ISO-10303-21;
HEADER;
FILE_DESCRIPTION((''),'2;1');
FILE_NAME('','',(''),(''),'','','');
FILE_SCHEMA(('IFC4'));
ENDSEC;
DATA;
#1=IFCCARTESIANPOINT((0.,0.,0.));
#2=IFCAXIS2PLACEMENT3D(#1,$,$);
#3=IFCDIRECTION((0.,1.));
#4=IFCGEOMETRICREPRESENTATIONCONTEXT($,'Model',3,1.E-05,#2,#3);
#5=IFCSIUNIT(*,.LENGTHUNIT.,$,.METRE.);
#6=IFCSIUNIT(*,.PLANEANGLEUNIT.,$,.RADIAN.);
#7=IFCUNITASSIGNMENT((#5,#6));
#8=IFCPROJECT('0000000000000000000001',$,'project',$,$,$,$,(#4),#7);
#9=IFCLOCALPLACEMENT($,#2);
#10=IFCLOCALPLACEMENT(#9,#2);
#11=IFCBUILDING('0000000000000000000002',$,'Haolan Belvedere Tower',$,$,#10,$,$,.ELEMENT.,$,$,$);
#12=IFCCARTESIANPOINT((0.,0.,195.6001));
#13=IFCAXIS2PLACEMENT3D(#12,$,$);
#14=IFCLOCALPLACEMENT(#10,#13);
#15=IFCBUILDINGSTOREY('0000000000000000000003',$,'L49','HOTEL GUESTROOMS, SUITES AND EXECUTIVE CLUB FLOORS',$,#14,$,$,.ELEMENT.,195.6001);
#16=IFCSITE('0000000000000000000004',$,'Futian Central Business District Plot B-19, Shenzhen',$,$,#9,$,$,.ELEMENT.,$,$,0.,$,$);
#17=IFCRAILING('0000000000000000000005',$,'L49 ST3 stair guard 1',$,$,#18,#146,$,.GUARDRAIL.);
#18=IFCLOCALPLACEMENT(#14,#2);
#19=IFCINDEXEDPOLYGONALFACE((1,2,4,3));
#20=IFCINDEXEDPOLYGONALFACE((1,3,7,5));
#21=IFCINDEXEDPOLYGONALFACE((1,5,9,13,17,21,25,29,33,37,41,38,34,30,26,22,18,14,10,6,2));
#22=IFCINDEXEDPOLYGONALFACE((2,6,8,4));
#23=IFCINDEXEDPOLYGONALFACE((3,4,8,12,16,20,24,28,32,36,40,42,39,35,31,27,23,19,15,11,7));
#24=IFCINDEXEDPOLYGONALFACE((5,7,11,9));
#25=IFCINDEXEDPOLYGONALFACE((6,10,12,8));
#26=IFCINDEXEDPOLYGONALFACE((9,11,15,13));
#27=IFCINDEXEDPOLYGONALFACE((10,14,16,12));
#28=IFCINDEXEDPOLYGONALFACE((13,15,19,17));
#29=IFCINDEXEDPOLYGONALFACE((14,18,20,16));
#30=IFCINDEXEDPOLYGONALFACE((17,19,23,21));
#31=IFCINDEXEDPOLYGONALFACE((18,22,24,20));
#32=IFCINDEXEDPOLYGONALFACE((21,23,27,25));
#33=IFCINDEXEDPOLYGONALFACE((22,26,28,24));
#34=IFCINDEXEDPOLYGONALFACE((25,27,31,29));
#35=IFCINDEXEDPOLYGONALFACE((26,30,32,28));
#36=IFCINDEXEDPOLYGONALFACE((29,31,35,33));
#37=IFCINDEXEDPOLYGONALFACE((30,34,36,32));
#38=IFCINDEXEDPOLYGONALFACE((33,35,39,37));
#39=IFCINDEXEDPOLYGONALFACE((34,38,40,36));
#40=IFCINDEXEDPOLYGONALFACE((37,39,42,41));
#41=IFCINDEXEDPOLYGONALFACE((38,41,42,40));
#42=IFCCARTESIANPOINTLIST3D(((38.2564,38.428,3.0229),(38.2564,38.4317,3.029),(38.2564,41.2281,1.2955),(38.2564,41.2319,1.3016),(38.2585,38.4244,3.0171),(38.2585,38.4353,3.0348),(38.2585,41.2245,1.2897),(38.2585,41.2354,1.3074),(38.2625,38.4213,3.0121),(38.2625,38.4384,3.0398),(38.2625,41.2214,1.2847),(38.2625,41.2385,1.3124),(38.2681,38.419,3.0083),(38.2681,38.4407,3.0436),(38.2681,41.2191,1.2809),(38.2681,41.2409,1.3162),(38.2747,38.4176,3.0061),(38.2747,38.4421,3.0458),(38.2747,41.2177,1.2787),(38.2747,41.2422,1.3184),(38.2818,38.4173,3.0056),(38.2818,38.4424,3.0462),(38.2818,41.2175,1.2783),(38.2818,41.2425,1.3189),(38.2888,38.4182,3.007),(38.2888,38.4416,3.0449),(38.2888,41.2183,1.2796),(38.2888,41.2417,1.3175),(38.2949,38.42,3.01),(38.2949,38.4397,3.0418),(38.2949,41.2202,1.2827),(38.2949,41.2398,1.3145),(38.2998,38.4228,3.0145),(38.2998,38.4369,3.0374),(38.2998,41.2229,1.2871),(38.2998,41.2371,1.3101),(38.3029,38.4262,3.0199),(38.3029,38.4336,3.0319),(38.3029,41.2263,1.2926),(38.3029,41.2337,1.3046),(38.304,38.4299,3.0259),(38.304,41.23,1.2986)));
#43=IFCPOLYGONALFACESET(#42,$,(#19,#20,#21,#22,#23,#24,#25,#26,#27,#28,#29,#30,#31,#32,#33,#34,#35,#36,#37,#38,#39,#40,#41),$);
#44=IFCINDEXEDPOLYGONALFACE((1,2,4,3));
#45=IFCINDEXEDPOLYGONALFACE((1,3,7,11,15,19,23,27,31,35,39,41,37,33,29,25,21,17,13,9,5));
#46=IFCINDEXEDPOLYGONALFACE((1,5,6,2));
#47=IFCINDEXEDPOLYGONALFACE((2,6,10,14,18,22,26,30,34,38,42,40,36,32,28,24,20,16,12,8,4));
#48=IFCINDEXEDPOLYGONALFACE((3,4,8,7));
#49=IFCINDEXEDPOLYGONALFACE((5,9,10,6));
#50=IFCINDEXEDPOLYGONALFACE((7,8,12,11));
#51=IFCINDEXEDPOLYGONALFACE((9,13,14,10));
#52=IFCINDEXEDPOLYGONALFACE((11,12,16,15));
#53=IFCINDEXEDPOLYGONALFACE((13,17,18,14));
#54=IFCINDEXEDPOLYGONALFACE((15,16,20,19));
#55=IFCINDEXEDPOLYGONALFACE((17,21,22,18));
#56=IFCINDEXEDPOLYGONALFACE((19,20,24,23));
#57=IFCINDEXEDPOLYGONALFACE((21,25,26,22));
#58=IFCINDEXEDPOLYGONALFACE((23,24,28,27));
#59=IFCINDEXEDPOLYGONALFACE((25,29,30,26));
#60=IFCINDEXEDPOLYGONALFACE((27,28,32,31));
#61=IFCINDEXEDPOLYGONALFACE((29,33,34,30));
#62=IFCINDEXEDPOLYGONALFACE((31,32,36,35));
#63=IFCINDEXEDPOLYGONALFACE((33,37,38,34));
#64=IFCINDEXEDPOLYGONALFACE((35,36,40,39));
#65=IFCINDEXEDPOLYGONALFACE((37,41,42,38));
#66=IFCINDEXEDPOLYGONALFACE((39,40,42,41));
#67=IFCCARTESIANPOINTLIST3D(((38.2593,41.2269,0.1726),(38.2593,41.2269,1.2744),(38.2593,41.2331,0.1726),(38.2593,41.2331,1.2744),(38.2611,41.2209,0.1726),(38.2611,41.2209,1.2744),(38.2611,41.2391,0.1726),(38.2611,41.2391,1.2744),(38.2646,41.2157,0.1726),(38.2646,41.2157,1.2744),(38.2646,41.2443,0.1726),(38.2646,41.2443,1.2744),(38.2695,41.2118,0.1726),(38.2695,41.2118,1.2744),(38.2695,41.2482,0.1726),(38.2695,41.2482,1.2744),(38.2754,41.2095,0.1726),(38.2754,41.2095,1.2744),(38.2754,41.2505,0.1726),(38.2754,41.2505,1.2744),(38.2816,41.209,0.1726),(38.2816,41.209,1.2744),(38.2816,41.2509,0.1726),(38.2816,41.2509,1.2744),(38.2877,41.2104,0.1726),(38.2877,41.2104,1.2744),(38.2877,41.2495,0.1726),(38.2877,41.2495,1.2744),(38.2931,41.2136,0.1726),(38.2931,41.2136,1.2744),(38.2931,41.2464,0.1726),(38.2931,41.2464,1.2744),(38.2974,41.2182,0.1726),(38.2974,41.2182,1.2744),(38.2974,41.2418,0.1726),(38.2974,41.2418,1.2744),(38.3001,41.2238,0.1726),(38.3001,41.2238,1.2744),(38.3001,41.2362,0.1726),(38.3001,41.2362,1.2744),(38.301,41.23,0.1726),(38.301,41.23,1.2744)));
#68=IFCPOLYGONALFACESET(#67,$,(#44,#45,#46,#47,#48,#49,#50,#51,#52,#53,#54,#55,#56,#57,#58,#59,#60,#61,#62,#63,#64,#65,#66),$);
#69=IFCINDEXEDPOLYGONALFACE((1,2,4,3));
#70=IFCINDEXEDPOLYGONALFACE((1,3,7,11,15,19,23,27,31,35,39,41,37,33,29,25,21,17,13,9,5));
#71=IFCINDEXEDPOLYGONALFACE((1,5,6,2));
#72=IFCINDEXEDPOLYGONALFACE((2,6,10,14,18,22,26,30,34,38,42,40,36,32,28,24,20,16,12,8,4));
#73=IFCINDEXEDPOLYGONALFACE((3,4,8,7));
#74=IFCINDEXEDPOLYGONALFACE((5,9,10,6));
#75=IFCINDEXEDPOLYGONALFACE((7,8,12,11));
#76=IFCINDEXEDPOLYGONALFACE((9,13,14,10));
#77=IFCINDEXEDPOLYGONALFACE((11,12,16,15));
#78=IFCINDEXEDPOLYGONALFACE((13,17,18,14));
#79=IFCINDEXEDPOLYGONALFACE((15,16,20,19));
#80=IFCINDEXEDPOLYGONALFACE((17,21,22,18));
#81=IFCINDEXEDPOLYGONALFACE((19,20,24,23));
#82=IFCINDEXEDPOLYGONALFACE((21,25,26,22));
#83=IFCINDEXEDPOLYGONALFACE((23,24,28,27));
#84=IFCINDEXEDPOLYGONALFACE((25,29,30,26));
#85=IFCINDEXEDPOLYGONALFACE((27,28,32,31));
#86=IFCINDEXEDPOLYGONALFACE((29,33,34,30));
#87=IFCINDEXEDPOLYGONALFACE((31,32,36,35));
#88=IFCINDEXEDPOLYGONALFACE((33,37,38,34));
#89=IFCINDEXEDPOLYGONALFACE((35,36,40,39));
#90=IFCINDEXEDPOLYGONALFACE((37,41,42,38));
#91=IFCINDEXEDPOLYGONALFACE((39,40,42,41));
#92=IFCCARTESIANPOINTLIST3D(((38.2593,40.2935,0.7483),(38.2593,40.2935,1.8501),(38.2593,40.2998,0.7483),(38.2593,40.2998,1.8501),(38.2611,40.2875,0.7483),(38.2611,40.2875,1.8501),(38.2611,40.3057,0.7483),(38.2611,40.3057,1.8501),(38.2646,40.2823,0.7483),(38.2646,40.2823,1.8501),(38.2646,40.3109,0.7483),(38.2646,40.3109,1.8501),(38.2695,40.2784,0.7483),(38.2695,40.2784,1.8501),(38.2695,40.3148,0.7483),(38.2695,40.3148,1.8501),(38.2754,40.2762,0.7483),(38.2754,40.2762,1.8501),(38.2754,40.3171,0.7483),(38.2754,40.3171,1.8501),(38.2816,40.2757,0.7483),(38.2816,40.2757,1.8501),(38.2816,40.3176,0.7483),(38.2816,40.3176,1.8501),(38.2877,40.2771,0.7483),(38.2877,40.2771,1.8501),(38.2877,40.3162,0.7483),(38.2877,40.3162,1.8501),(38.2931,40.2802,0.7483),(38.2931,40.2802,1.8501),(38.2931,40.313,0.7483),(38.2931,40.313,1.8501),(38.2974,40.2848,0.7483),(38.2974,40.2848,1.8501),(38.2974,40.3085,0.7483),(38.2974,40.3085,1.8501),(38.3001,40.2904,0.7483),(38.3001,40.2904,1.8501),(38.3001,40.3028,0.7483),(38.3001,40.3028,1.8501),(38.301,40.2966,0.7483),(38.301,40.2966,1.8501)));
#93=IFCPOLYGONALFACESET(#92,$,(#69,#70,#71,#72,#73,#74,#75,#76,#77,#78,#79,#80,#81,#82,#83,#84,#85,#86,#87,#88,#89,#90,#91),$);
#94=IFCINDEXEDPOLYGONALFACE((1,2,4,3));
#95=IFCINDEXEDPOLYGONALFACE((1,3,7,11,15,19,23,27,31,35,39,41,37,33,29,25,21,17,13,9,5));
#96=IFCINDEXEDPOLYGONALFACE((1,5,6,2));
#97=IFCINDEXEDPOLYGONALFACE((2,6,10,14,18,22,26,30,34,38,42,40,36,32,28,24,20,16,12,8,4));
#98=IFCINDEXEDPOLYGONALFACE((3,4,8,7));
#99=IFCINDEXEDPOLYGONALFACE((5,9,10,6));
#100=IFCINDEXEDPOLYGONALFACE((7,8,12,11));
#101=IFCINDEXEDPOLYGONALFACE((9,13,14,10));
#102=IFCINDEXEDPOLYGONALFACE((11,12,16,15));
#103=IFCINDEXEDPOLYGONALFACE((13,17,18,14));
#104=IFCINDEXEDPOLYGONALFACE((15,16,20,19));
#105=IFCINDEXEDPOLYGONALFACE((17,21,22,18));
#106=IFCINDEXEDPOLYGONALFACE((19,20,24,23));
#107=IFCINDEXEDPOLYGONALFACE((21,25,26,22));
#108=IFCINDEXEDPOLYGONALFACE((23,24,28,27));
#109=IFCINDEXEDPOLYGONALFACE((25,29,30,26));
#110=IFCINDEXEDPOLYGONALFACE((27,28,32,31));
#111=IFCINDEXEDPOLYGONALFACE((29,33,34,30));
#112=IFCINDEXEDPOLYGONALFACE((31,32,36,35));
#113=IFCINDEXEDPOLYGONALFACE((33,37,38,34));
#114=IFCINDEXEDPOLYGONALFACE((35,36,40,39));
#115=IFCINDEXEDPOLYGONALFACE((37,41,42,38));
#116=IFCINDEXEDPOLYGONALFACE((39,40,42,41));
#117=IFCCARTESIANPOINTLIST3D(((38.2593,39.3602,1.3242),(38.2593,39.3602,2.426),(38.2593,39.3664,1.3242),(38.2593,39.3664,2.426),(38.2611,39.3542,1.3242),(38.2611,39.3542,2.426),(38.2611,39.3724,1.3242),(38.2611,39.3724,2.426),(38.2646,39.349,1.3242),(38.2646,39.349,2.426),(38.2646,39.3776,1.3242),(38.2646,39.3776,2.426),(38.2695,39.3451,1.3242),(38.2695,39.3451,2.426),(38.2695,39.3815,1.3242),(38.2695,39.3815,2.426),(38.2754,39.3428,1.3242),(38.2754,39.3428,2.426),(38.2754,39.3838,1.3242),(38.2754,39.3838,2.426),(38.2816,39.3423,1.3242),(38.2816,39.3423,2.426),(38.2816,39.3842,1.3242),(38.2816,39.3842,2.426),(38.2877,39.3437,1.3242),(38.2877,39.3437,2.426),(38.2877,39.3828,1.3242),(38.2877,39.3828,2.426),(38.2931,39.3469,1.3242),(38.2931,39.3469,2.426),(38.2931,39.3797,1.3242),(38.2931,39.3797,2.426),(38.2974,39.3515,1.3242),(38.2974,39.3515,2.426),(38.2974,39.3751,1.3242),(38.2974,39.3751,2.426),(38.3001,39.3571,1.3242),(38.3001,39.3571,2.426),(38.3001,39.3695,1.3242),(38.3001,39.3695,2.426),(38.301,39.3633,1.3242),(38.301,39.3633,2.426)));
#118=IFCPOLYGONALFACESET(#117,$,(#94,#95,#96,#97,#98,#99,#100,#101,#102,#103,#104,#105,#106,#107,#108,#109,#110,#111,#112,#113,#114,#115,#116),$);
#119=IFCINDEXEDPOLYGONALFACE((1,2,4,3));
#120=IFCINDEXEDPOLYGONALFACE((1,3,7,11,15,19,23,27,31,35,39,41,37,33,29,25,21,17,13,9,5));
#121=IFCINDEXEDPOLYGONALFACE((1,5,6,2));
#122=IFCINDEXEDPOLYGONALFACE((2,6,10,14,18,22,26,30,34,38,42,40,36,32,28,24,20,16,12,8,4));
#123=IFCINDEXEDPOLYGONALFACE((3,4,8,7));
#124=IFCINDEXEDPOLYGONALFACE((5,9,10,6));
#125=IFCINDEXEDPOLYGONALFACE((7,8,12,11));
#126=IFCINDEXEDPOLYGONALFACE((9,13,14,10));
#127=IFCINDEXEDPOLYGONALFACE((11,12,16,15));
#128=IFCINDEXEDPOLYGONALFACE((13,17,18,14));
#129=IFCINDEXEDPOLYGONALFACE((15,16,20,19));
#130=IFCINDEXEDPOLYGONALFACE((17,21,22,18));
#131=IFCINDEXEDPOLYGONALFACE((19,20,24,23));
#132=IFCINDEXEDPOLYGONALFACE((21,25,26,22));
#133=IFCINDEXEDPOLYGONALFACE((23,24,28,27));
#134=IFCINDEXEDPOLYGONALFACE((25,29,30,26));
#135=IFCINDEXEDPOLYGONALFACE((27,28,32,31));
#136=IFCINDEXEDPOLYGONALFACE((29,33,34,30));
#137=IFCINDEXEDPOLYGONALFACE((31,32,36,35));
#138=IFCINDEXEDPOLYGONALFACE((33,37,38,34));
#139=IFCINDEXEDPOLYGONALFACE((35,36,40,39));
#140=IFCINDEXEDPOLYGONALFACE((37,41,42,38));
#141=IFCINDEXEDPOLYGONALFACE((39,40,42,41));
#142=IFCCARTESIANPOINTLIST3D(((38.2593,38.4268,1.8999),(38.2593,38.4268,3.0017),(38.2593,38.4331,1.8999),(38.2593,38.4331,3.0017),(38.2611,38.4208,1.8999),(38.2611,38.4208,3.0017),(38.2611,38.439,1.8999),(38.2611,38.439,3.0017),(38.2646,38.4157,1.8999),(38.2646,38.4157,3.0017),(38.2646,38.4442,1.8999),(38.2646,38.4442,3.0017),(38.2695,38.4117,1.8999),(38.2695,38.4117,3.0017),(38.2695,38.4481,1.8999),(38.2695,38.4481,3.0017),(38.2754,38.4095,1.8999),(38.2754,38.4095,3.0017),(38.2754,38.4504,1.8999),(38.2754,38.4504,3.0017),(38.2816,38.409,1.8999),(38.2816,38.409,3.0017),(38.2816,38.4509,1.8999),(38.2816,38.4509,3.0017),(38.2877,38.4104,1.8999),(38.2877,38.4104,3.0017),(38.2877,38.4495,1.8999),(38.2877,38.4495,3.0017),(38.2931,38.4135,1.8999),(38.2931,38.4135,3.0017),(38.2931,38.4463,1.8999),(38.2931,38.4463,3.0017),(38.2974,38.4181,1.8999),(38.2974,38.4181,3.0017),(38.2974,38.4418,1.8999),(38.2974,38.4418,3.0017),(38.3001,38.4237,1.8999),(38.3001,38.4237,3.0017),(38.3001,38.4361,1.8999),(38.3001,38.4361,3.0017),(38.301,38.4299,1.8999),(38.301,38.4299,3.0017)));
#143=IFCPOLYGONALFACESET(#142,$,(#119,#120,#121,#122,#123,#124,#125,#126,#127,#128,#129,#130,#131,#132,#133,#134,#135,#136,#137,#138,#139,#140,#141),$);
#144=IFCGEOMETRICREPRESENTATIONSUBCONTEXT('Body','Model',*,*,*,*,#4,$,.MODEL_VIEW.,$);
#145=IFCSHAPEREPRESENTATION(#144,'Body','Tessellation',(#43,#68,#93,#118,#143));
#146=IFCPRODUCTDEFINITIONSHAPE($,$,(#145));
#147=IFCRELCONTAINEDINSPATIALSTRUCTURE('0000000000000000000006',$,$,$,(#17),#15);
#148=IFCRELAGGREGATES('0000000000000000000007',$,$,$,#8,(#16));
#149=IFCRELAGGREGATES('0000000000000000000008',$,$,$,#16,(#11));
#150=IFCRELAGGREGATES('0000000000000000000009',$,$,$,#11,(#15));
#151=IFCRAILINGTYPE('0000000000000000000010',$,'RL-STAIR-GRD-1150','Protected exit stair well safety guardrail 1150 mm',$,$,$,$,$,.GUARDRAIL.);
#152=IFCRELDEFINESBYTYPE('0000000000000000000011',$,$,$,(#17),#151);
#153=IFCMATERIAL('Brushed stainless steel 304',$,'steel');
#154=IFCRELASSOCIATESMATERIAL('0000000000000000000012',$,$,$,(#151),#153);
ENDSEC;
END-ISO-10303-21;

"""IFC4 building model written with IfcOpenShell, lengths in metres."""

from ifc_helpers import new_model, si_unit, direction, frame, origin, origin_2d, place, context, subcontext, project, spatial, circle, extrude, material, type_object, element, save


model = new_model("IFC4")

# Units and contexts
model_context = context("Model", 3, precision=1e-05, world=origin(), true_north=direction((0.0, 1.0)))
body_context = subcontext(model_context, "Body", "Model", "MODEL_VIEW")
ifc_project = project(units=[si_unit("LENGTHUNIT", "METRE"), si_unit("PLANEANGLEUNIT", "RADIAN")], contexts=[model_context])

# Site, building, storey
site_placement = place(None, origin())
site = spatial("IfcSite", under=ifc_project, at=site_placement, Name="Futian Central Business District Plot B-19, Shenzhen", CompositionType="ELEMENT", RefElevation=0.0)
building_placement = place(site_placement, origin())
building = spatial("IfcBuilding", under=site, at=building_placement, Name="Haolan Belvedere Tower", CompositionType="ELEMENT")
storey_placement = place(building_placement, frame((0.0, 0.0, 195.6001)))
storey = spatial("IfcBuildingStorey", under=building, at=storey_placement, Name="L49", Description="HOTEL GUESTROOMS, SUITES AND EXECUTIVE CLUB FLOORS", CompositionType="ELEMENT", Elevation=195.6001)

# Railing
ifc_material_1 = material(Name="Brushed stainless steel 304", Category="steel")
railing_type = type_object("IfcRailingType", Name="RL-STAIR-GRD-1150", Description="Protected exit stair well safety guardrail 1150 mm", PredefinedType="GUARDRAIL", material=ifc_material_1)
railing_1_placement = place(storey_placement, frame((38.28, 41.23, 0.1726)))
element("IfcRailing", 1, at=railing_1_placement, inside=storey, type_object=railing_type, Name="L49 ST3 stair guard 1", PredefinedType="GUARDRAIL", context=body_context, shape_type="SweptSolid", body=[
    extrude(circle(Radius=0.0239, at=origin_2d()), frame((0.0, 0.0, 1.126), z_axis=(0.0, -0.85109, 0.52502), x_axis=(1.0, 0.0, 0.0)), (0.0, 0.0, 1.0), 3.29),
    extrude(circle(Radius=0.021, at=origin_2d()), origin(), (0.0, 0.0, 1.0), 1.1018),
    extrude(circle(Radius=0.021, at=origin_2d()), frame((0.0, -0.9333, 0.5757)), (0.0, 0.0, 1.0), 1.1018),
    extrude(circle(Radius=0.021, at=origin_2d()), frame((0.0, -1.8667, 1.1516)), (0.0, 0.0, 1.0), 1.1018),
    extrude(circle(Radius=0.021, at=origin_2d()), frame((0.0, -2.8, 1.7273)), (0.0, 0.0, 1.0), 1.1018),
])

save(model, "model.ifc")
